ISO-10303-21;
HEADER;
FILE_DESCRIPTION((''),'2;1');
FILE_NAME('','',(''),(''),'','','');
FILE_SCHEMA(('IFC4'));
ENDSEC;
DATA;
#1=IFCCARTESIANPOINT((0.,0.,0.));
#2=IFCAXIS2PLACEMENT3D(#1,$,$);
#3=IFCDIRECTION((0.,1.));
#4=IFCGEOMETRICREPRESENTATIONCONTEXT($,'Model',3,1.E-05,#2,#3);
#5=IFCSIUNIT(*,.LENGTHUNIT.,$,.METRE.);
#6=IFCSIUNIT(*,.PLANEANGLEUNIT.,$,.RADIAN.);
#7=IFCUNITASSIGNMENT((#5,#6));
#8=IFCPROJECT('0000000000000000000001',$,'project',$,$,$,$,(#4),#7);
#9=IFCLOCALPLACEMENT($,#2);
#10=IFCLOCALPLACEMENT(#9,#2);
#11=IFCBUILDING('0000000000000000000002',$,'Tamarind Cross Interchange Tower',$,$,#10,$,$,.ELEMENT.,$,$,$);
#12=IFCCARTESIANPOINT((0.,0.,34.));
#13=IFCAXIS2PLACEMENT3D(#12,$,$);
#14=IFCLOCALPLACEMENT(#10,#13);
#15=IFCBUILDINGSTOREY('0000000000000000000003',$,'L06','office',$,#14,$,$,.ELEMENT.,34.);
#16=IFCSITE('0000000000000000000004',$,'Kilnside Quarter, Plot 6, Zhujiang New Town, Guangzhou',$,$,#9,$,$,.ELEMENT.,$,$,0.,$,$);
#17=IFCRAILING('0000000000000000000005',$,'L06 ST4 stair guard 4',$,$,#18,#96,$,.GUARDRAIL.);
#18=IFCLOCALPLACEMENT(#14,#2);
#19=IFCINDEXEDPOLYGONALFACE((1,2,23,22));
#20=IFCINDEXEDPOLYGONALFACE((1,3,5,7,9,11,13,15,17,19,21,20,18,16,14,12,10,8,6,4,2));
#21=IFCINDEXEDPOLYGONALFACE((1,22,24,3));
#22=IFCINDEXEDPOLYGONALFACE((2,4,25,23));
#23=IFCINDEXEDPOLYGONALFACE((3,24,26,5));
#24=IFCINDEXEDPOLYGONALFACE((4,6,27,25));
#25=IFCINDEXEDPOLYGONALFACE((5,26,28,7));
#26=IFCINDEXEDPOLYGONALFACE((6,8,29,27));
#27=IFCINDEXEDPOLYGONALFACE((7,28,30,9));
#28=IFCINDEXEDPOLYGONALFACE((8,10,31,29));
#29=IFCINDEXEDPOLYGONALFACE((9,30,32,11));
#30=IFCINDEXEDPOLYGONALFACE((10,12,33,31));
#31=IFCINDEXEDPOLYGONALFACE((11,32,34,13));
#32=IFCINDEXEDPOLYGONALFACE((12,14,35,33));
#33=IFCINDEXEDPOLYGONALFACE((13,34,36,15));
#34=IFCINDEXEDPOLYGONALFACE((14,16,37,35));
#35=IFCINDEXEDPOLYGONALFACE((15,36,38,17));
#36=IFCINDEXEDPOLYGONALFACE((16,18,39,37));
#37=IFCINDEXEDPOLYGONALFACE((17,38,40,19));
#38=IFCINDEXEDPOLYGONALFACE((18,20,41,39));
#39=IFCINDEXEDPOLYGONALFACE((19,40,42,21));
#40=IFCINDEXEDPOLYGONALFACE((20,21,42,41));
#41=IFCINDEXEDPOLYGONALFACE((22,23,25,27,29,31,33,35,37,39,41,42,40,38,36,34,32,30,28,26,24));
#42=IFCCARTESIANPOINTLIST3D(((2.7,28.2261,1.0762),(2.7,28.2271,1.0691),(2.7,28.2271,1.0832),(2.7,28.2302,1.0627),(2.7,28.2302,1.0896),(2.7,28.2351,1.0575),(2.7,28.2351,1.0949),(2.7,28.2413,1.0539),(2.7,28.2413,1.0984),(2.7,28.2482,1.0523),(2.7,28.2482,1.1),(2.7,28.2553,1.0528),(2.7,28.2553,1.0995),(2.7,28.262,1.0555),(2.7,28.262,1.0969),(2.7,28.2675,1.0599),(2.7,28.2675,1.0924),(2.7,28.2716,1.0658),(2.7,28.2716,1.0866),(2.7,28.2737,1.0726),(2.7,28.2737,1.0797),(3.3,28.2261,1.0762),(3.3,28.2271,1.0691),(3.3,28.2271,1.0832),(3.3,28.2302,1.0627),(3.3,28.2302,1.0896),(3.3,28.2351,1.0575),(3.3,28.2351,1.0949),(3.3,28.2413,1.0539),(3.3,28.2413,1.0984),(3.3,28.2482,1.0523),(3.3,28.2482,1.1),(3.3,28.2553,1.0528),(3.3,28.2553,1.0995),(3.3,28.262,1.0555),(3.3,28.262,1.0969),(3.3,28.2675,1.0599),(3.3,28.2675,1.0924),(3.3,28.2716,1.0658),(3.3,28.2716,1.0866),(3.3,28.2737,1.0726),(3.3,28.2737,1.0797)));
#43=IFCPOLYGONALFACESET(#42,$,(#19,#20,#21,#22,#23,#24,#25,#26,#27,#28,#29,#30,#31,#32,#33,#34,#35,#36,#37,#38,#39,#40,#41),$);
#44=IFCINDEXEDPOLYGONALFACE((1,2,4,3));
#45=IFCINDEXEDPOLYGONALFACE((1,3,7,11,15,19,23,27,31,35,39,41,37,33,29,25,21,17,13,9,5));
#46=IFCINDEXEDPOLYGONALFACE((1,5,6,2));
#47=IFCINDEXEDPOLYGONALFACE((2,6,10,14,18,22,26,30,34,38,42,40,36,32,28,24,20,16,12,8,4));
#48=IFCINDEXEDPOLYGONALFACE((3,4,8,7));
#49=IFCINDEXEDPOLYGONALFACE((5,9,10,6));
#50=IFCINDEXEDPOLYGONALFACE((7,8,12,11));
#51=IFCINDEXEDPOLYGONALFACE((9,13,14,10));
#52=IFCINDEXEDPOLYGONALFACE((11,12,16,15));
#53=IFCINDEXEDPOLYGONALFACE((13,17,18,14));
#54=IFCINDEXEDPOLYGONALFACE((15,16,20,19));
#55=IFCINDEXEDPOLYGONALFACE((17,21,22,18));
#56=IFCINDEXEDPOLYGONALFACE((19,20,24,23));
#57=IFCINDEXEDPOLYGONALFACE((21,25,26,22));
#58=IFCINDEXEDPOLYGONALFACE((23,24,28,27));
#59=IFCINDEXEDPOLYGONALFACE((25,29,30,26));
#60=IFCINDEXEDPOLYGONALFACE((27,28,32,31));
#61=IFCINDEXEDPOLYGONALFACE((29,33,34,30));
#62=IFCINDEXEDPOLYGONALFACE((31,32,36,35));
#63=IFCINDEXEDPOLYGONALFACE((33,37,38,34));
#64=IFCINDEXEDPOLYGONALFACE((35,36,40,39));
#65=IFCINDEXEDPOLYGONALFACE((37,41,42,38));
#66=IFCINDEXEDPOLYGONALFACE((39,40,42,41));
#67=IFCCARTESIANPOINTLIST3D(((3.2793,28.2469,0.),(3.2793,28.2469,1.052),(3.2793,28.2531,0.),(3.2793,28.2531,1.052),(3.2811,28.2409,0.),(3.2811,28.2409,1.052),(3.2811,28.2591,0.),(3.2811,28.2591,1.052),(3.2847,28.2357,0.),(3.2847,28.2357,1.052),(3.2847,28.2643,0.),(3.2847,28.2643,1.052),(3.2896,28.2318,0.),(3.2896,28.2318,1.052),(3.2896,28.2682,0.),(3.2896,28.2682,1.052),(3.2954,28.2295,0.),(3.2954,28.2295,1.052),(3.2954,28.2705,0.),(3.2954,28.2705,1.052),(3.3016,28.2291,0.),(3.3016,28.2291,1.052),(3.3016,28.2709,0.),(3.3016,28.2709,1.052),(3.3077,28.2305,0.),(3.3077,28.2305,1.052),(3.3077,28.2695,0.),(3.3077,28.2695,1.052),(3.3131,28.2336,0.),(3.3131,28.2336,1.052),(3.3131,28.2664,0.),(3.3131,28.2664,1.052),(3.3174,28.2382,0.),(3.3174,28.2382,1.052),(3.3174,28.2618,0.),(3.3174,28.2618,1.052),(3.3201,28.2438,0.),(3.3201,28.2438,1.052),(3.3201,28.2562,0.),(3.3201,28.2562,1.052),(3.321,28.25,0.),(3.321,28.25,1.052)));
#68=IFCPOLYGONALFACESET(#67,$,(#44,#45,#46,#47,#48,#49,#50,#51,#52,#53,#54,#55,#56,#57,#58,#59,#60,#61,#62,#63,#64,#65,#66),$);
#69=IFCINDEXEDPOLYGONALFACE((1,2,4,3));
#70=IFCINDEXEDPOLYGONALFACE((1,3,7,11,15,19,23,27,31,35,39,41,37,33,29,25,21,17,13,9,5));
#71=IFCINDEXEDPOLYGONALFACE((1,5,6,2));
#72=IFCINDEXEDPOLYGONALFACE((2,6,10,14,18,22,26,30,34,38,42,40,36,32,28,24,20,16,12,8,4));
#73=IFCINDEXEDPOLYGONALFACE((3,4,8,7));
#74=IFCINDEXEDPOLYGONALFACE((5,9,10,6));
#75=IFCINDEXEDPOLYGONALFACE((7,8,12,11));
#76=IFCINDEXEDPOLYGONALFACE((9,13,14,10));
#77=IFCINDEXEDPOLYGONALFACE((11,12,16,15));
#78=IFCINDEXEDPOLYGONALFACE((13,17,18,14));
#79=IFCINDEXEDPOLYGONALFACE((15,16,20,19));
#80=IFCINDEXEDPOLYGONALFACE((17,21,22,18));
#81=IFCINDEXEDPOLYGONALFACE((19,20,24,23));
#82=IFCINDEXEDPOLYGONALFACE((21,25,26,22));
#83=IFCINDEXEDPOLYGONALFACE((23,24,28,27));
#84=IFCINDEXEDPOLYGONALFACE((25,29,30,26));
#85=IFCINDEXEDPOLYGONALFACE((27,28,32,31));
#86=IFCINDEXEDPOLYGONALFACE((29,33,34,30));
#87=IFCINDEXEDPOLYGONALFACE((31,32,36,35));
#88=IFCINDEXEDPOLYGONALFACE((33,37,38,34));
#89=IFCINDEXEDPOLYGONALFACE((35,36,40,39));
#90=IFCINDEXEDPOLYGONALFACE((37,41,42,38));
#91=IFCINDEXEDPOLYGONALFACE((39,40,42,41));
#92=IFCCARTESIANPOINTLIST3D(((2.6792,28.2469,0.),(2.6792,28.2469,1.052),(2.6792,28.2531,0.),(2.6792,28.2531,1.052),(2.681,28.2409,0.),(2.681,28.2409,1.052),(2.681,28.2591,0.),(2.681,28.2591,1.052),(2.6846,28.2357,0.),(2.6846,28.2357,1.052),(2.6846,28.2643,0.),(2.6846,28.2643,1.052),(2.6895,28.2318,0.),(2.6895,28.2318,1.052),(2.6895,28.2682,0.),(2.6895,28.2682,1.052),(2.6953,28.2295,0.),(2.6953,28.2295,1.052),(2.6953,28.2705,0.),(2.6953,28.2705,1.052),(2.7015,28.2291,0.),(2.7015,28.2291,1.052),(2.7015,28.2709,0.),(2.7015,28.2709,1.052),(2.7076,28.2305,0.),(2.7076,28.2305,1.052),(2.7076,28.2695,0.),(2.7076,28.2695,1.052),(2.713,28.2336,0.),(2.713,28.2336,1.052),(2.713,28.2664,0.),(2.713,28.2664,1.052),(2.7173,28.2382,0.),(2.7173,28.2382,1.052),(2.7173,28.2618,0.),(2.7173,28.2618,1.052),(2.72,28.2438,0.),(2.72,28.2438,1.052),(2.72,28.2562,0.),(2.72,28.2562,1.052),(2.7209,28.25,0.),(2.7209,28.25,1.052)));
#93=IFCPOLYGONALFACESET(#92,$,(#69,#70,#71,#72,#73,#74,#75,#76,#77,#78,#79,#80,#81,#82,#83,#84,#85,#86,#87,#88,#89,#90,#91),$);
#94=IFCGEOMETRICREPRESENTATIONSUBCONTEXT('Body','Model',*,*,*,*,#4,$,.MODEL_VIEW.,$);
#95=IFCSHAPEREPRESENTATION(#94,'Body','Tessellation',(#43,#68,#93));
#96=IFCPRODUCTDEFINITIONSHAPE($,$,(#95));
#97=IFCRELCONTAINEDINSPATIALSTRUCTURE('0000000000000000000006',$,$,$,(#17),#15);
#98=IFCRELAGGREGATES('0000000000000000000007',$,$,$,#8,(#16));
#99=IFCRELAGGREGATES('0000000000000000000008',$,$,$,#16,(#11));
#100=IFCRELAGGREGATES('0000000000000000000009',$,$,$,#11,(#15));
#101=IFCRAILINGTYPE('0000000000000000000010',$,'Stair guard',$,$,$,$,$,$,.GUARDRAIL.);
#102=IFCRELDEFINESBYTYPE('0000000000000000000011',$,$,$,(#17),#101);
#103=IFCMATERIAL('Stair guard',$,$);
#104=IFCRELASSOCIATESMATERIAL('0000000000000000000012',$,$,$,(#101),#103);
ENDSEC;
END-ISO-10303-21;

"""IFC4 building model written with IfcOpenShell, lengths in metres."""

from ifc_helpers import new_model, si_unit, direction, frame, origin, origin_2d, place, context, subcontext, project, spatial, circle, extrude, material, type_object, element, save


model = new_model("IFC4")

# Units and contexts
model_context = context("Model", 3, precision=1e-05, world=origin(), true_north=direction((0.0, 1.0)))
body_context = subcontext(model_context, "Body", "Model", "MODEL_VIEW")
ifc_project = project(units=[si_unit("LENGTHUNIT", "METRE"), si_unit("PLANEANGLEUNIT", "RADIAN")], contexts=[model_context])

# Site, building, storey
site_placement = place(None, origin())
site = spatial("IfcSite", under=ifc_project, at=site_placement, Name="Kilnside Quarter, Plot 6, Zhujiang New Town, Guangzhou", CompositionType="ELEMENT", RefElevation=0.0)
building_placement = place(site_placement, origin())
building = spatial("IfcBuilding", under=site, at=building_placement, Name="Tamarind Cross Interchange Tower", CompositionType="ELEMENT")
storey_placement = place(building_placement, frame((0.0, 0.0, 34.0)))
storey = spatial("IfcBuildingStorey", under=building, at=storey_placement, Name="L06", Description="office", CompositionType="ELEMENT", Elevation=34.0)

# Railing
ifc_material_1 = material(Name="Stair guard")
railing_type_1 = type_object("IfcRailingType", Name="Stair guard", PredefinedType="GUARDRAIL", material=ifc_material_1)
railing_1_placement = place(storey_placement, frame((3.3, 28.25, 0.0)))
element("IfcRailing", 1, at=railing_1_placement, inside=storey, type_object=railing_type_1, Name="L06 ST4 stair guard 4", PredefinedType="GUARDRAIL", context=body_context, shape_type="SweptSolid", body=[
    extrude(circle(Radius=0.0239, at=origin_2d()), frame((0.0, 0.0, 1.0762), z_axis=(-1.0, 0.0, 0.0), x_axis=(0.0, -1.0, 0.0)), (0.0, 0.0, 1.0), 0.6001),
    extrude(circle(Radius=0.021, at=origin_2d()), origin(), (0.0, 0.0, 1.0), 1.052),
    extrude(circle(Radius=0.021, at=origin_2d()), frame((-0.6001, 0.0, 0.0)), (0.0, 0.0, 1.0), 1.052),
])

save(model, "model.ifc")
